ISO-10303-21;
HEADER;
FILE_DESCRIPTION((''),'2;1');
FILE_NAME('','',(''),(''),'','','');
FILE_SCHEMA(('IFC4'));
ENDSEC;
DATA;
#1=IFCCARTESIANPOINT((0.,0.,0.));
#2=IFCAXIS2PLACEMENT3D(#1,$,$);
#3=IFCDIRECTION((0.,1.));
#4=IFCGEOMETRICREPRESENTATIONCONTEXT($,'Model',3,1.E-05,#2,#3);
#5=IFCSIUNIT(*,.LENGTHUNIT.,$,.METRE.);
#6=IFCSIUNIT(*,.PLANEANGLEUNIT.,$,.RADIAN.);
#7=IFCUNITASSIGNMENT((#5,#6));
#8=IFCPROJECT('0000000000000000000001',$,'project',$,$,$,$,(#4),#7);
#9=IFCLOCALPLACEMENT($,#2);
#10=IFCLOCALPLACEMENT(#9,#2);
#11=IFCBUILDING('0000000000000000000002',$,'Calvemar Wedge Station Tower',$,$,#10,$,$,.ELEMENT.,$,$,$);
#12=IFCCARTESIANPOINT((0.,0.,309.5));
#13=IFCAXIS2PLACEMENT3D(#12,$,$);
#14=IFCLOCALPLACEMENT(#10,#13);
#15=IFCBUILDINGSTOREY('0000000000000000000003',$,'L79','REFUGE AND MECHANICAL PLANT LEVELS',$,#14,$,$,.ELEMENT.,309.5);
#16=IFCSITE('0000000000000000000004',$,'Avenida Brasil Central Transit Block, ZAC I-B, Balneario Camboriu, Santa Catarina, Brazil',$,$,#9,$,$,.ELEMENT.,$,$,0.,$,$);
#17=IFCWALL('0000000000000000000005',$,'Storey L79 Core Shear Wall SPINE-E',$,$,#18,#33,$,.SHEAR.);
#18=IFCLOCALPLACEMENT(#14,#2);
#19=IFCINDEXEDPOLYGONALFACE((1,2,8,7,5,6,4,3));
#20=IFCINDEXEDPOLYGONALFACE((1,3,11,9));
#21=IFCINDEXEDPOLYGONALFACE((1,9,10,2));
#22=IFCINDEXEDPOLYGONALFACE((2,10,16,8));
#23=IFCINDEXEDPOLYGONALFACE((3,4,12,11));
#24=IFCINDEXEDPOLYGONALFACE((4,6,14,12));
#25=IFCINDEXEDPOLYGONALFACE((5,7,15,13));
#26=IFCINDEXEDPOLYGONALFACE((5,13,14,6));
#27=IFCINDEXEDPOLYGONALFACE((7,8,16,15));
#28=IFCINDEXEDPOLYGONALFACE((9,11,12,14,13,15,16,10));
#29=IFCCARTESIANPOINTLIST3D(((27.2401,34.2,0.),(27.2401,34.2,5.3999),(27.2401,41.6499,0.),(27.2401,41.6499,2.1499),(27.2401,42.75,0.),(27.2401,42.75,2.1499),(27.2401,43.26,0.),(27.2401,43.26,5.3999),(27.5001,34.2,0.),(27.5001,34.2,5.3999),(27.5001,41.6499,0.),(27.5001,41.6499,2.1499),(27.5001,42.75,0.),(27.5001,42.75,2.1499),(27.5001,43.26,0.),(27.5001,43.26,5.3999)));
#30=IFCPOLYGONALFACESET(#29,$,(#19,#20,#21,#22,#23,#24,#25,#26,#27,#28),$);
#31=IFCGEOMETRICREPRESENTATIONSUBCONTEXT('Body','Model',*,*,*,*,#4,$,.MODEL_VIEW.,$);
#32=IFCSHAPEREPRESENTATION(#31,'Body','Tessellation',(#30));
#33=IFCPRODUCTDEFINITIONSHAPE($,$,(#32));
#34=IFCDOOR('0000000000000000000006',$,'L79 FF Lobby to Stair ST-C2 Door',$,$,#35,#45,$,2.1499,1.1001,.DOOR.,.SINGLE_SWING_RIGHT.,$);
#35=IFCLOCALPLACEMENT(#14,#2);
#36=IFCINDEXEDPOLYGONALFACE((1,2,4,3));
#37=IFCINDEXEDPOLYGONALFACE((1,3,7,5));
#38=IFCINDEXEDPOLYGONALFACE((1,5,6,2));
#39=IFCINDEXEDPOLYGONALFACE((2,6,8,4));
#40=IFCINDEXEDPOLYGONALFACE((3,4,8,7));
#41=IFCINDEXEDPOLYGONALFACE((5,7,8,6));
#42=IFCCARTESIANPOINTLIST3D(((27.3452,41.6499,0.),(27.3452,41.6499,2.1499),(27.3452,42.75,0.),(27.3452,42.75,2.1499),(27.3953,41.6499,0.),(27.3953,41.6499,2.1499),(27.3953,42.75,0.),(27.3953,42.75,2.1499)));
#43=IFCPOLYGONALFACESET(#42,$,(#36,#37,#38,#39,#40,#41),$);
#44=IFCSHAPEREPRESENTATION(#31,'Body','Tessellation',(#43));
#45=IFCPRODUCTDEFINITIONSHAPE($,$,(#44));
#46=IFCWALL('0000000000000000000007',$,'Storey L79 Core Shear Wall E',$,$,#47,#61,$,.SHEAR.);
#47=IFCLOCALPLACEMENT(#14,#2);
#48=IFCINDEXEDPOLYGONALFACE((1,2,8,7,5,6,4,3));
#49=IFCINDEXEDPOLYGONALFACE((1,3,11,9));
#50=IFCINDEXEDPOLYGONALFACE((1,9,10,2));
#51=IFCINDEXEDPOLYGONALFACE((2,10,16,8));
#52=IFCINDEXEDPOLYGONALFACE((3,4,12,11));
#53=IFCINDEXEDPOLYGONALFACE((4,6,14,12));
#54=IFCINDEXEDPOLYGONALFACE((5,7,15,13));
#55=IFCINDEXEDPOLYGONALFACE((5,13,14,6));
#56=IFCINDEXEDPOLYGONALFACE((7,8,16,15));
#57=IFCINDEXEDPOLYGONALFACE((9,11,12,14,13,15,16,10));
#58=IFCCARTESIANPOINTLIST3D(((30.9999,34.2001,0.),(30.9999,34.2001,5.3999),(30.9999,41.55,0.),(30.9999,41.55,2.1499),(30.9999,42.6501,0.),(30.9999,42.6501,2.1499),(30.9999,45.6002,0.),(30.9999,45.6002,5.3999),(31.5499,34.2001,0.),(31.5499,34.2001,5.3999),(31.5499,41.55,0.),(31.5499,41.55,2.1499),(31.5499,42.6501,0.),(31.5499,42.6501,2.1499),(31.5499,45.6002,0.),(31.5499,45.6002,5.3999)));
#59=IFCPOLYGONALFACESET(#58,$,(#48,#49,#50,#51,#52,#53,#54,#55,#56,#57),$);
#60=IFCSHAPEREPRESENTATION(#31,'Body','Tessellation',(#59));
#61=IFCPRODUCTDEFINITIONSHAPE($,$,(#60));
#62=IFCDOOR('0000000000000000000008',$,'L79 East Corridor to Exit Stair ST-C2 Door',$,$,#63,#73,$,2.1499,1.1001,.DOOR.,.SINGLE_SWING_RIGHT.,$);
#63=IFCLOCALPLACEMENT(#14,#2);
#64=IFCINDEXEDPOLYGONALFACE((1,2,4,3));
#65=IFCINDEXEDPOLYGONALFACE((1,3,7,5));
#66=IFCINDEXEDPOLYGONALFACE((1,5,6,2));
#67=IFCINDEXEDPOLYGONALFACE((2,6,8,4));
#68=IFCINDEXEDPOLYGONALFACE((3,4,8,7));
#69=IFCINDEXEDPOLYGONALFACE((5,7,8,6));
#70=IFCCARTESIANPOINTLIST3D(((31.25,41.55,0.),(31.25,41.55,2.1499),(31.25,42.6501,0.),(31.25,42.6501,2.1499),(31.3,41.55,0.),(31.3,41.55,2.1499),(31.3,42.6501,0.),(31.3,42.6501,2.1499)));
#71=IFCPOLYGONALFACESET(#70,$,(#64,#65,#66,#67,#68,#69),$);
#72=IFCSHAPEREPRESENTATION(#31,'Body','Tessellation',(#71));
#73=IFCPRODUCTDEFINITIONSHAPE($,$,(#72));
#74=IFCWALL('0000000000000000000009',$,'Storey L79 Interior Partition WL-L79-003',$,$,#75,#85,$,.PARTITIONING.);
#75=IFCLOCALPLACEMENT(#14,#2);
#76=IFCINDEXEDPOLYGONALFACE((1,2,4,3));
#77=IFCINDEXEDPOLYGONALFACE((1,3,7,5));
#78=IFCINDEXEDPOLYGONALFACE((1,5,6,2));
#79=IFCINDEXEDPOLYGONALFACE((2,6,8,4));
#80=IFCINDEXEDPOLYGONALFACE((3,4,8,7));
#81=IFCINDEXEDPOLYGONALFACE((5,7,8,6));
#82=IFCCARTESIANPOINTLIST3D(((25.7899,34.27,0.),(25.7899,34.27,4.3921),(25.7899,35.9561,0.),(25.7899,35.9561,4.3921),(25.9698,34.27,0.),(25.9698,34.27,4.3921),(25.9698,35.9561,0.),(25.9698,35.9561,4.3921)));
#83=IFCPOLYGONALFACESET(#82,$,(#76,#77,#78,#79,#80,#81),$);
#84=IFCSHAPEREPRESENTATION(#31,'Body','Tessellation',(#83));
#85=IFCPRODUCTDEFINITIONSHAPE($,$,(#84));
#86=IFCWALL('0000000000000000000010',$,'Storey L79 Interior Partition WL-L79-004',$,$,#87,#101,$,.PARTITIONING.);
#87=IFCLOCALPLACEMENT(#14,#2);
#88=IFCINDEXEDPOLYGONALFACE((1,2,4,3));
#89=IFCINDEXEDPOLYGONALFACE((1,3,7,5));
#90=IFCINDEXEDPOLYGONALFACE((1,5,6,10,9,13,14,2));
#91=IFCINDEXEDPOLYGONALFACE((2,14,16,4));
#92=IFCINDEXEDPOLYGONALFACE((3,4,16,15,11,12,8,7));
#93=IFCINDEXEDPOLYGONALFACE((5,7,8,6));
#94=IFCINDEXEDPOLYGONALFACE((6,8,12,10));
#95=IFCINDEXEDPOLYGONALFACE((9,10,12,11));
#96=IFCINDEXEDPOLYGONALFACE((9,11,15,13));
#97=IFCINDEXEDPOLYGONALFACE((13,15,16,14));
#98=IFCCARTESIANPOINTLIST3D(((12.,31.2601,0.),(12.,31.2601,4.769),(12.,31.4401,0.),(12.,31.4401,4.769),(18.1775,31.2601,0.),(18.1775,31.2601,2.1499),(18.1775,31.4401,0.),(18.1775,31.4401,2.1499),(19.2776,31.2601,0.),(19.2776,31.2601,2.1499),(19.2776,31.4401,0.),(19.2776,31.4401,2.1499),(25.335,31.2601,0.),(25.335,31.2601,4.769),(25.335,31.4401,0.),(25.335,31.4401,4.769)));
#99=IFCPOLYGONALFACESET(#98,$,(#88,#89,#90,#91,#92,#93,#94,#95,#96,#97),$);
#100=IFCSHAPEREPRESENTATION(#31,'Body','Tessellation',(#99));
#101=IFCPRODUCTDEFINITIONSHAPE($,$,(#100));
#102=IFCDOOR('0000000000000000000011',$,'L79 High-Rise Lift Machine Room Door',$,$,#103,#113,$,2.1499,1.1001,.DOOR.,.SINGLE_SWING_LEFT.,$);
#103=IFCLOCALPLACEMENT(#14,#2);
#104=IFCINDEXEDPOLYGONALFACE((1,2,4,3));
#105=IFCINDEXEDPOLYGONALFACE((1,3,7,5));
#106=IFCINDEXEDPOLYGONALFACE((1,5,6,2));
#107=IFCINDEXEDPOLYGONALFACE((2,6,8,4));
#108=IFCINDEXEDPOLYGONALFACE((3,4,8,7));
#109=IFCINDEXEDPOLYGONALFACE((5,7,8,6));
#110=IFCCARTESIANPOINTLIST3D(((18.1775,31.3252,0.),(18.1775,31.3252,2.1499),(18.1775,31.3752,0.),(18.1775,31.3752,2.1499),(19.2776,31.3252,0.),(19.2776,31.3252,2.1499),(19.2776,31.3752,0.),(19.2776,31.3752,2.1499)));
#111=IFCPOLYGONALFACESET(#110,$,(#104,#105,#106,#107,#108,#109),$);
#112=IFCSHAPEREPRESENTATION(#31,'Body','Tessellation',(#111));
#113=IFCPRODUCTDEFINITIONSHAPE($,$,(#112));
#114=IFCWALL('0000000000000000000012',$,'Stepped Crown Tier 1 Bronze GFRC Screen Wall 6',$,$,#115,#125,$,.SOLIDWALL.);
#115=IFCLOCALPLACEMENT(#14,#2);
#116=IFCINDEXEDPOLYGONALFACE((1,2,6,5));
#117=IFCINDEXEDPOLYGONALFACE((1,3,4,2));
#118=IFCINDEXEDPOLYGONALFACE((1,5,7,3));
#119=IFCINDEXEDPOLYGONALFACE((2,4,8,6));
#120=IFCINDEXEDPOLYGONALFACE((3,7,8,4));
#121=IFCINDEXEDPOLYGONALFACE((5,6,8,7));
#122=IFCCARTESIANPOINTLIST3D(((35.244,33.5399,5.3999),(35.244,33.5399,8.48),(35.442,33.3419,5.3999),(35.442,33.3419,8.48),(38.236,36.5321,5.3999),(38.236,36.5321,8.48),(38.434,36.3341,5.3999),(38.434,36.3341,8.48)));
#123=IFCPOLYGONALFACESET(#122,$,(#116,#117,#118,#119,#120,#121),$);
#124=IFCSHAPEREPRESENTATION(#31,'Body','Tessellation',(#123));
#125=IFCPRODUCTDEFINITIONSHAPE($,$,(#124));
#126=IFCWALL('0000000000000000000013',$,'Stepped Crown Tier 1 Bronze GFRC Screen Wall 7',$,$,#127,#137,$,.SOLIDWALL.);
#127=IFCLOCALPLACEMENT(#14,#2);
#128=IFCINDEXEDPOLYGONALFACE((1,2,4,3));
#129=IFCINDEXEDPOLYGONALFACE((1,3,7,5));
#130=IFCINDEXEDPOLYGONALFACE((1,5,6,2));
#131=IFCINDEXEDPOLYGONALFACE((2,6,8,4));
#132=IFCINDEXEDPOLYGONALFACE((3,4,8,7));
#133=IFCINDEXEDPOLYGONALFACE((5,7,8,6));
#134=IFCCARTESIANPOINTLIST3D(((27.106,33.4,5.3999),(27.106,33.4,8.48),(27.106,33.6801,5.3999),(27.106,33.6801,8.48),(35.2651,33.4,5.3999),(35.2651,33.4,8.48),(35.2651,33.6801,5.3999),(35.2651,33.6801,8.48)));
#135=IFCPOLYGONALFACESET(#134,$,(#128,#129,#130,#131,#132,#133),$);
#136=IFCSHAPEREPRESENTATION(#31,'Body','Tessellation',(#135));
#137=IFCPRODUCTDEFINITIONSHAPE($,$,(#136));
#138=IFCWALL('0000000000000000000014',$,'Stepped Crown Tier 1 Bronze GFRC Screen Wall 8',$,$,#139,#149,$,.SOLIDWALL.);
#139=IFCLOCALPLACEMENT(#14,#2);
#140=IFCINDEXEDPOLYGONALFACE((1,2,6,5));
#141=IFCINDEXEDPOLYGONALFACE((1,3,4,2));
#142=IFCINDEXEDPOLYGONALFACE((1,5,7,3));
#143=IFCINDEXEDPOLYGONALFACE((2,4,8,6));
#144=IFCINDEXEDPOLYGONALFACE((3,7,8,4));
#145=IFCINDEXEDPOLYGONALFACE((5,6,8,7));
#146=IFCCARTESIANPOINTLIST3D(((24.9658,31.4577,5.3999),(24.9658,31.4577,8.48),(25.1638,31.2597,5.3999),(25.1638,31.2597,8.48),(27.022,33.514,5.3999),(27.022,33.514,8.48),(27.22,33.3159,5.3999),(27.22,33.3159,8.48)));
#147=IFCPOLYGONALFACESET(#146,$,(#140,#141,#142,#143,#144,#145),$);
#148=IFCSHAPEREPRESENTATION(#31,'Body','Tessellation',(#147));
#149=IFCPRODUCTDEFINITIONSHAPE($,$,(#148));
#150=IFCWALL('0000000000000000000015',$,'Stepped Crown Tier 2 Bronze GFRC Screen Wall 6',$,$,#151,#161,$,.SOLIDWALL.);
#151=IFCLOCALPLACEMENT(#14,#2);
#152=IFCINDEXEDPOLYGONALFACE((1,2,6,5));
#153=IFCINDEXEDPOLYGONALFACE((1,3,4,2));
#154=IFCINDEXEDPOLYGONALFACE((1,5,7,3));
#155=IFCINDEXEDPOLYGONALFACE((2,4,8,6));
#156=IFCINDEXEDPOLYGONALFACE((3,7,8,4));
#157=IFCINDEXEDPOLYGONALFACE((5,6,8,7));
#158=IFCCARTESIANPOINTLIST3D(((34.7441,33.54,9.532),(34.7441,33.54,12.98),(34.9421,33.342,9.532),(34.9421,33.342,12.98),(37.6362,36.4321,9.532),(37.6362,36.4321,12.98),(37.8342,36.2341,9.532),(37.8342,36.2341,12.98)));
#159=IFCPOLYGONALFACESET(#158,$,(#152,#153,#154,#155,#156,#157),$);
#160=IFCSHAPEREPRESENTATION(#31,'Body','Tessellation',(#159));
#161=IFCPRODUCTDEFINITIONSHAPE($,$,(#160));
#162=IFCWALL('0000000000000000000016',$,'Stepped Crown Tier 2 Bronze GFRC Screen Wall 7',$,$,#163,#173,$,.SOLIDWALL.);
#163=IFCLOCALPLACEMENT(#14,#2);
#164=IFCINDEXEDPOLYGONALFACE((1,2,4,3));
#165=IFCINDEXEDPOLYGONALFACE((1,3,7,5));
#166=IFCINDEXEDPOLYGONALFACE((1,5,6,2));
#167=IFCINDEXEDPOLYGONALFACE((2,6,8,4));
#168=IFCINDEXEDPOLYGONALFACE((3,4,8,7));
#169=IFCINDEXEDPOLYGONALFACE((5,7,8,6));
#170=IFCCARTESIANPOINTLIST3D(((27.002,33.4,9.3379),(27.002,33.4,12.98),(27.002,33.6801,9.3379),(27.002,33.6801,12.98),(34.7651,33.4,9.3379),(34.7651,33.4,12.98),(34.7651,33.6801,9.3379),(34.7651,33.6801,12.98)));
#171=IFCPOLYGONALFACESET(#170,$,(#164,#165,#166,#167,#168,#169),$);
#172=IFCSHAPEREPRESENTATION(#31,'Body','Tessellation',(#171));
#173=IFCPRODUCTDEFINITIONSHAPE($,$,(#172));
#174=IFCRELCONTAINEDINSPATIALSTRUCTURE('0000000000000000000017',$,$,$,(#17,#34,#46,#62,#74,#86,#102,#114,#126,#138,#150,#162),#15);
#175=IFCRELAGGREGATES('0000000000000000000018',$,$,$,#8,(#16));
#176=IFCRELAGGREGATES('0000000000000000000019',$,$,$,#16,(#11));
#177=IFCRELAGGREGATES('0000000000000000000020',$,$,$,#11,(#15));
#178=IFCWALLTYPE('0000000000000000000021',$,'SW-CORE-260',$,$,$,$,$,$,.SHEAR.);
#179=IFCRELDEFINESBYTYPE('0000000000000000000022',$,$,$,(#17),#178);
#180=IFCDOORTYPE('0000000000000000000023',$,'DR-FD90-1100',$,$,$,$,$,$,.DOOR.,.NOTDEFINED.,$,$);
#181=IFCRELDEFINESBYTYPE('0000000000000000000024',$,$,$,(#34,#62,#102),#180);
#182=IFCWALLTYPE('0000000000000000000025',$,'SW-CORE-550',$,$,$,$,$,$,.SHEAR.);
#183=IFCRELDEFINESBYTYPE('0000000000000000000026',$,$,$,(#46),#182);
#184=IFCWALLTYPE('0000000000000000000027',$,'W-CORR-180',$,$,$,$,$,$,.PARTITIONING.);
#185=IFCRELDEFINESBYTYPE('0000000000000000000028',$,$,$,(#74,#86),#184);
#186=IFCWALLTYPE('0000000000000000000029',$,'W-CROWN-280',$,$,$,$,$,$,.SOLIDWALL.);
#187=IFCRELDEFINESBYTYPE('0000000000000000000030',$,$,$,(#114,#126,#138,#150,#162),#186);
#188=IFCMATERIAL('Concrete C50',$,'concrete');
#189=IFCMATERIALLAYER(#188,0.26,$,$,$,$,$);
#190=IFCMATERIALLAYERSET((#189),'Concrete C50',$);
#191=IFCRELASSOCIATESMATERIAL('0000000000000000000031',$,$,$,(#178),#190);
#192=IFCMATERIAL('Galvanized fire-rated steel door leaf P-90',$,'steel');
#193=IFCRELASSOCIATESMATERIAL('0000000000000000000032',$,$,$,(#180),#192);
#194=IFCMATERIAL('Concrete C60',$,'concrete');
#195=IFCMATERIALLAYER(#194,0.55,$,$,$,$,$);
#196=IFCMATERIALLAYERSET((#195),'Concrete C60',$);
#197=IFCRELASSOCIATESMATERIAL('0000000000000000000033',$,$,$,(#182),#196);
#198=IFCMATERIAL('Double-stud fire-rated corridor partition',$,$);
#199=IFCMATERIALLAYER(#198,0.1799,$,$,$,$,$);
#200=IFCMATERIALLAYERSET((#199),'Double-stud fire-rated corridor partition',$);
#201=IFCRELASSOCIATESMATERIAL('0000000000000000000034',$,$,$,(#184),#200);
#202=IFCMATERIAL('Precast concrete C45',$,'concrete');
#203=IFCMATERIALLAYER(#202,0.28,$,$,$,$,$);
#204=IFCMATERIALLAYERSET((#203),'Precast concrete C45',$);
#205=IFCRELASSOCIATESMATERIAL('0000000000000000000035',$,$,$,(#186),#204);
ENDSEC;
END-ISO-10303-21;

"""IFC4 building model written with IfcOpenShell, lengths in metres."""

from ifc_helpers import new_model, si_unit, direction, frame, frame_2d, origin, place, context, subcontext, project, spatial, rectangle, extrude, source, transform, mapped, material, layer, layer_set, type_object, element, fill, save


model = new_model("IFC4")

# Units and contexts
model_context = context("Model", 3, precision=1e-05, world=origin(), true_north=direction((0.0, 1.0)))
body_context = subcontext(model_context, "Body", "Model", "MODEL_VIEW")
ifc_project = project(units=[si_unit("LENGTHUNIT", "METRE"), si_unit("PLANEANGLEUNIT", "RADIAN")], contexts=[model_context])

# Site, building, storey
site_placement = place(None, origin())
site = spatial("IfcSite", under=ifc_project, at=site_placement, Name="Avenida Brasil Central Transit Block, ZAC I-B, Balneario Camboriu, Santa Catarina, Brazil", CompositionType="ELEMENT", RefElevation=0.0)
building_placement = place(site_placement, origin())
building = spatial("IfcBuilding", under=site, at=building_placement, Name="Calvemar Wedge Station Tower", CompositionType="ELEMENT")
storey_placement = place(building_placement, frame((0.0, 0.0, 309.5)))
storey = spatial("IfcBuildingStorey", under=building, at=storey_placement, Name="L79", Description="REFUGE AND MECHANICAL PLANT LEVELS", CompositionType="ELEMENT", Elevation=309.5)

# Walls, openings, doors
ifc_material_1 = material(Name="Concrete C50", Category="concrete")
ifc_layer_1 = layer(ifc_material_1, 0.26)
ifc_layer_set_1 = layer_set([ifc_layer_1], Name="Concrete C50")
wall_type_1 = type_object("IfcWallType", Name="SW-CORE-260", PredefinedType="SHEAR", material=ifc_layer_set_1)
wall_1_placement = place(storey_placement, frame((27.3701, 34.2, 0.0), z_axis=(0.0, 0.0, 1.0), x_axis=(0.0, 1.0, 0.0)))
wall_1 = element("IfcWall", 1, at=wall_1_placement, inside=storey, type_object=wall_type_1, Name="Storey L79 Core Shear Wall SPINE-E", PredefinedType="SHEAR", context=body_context, shape_type="SweptSolid", body=[
    extrude(rectangle(XDim=9.0601, YDim=0.26, at=frame_2d((4.53, 0.0))), origin(), (0.0, 0.0, 1.0), 5.3999),
])
shared_shape_1 = source(origin(), body_context, "Body", "SweptSolid", [
    extrude(rectangle(XDim=1.1001, YDim=2.1499, at=frame_2d((0.55, 1.075))), frame((0.0, 0.1401, 0.0), z_axis=(0.0, -1.0, 0.0), x_axis=(1.0, 0.0, 0.0)), (0.0, 0.0, 1.0), 0.28),
])
opening_1_placement = place(wall_1_placement, frame((7.45, 0.0, 0.0)))
opening_1 = element("IfcOpeningElement", 2, at=opening_1_placement, cuts=wall_1, PredefinedType="OPENING", context=body_context, shape_type="MappedRepresentation", body=[
    mapped(shared_shape_1, transform((0.0, 0.0, 0.0), scale=1.0)),
])
ifc_material_2 = material(Name="Galvanized fire-rated steel door leaf P-90", Category="steel")
door_type = type_object("IfcDoorType", Name="DR-FD90-1100", OperationType="NOTDEFINED", PredefinedType="DOOR", material=ifc_material_2)
shared_shape_2 = source(origin(), body_context, "Body", "SweptSolid", [
    extrude(rectangle(XDim=1.1001, YDim=2.1499, at=frame_2d((0.55, 1.075))), frame((0.0, 0.0249, 0.0), z_axis=(0.0, -1.0, 0.0), x_axis=(1.0, 0.0, 0.0)), (0.0, 0.0, 1.0), 0.05),
])
door_1_placement = place(opening_1_placement, origin())
door_1 = element("IfcDoor", 3, at=door_1_placement, inside=storey, type_object=door_type, Name="L79 FF Lobby to Stair ST-C2 Door", OperationType="SINGLE_SWING_RIGHT", OverallHeight=2.1499, OverallWidth=1.1001, PredefinedType="DOOR", context=body_context, shape_type="MappedRepresentation", body=[
    mapped(shared_shape_2, transform((0.0, 0.0, 0.0), scale=1.0)),
])
fill(opening_1, door_1)
ifc_material_3 = material(Name="Concrete C60", Category="concrete")
ifc_layer_2 = layer(ifc_material_3, 0.55)
ifc_layer_set_2 = layer_set([ifc_layer_2], Name="Concrete C60")
wall_type_2 = type_object("IfcWallType", Name="SW-CORE-550", PredefinedType="SHEAR", material=ifc_layer_set_2)
wall_2_placement = place(storey_placement, frame((31.2749, 34.2, 0.0), z_axis=(0.0, 0.0, 1.0), x_axis=(0.0, 1.0, 0.0)))
wall_2 = element("IfcWall", 4, at=wall_2_placement, inside=storey, type_object=wall_type_2, Name="Storey L79 Core Shear Wall E", PredefinedType="SHEAR", context=body_context, shape_type="SweptSolid", body=[
    extrude(rectangle(XDim=11.4001, YDim=0.55, at=frame_2d((5.7002, 0.0))), origin(), (0.0, 0.0, 1.0), 5.3999),
])
shared_shape_3 = source(origin(), body_context, "Body", "SweptSolid", [
    extrude(rectangle(XDim=1.1001, YDim=2.1499, at=frame_2d((0.55, 1.075))), frame((0.0, 0.2852, 0.0), z_axis=(0.0, -1.0, 0.0), x_axis=(1.0, 0.0, 0.0)), (0.0, 0.0, 1.0), 0.5701),
])
opening_2_placement = place(wall_2_placement, frame((7.3501, 0.0, 0.0)))
opening_2 = element("IfcOpeningElement", 5, at=opening_2_placement, cuts=wall_2, PredefinedType="OPENING", context=body_context, shape_type="MappedRepresentation", body=[
    mapped(shared_shape_3, transform((0.0, 0.0, 0.0), scale=1.0)),
])
door_2_placement = place(opening_2_placement, origin())
door_2 = element("IfcDoor", 6, at=door_2_placement, inside=storey, type_object=door_type, Name="L79 East Corridor to Exit Stair ST-C2 Door", OperationType="SINGLE_SWING_RIGHT", OverallHeight=2.1499, OverallWidth=1.1001, PredefinedType="DOOR", context=body_context, shape_type="MappedRepresentation", body=[
    mapped(shared_shape_2, transform((0.0, 0.0, 0.0), scale=1.0)),
])
fill(opening_2, door_2)

# Wall
ifc_material_4 = material(Name="Double-stud fire-rated corridor partition")
ifc_layer_3 = layer(ifc_material_4, 0.1799)
ifc_layer_set_3 = layer_set([ifc_layer_3], Name="Double-stud fire-rated corridor partition")
wall_type_3 = type_object("IfcWallType", Name="W-CORR-180", PredefinedType="PARTITIONING", material=ifc_layer_set_3)
wall_3_placement = place(storey_placement, frame((25.8799, 35.9561, 0.0), z_axis=(0.0, 0.0, 1.0), x_axis=(0.0, -1.0, 0.0)))
element("IfcWall", 7, at=wall_3_placement, inside=storey, type_object=wall_type_3, Name="Storey L79 Interior Partition WL-L79-003", PredefinedType="PARTITIONING", context=body_context, shape_type="SweptSolid", body=[
    extrude(rectangle(XDim=1.686, YDim=0.1799, at=frame_2d((0.843, 0.0))), origin(), (0.0, 0.0, 1.0), 4.3921),
])

# Wall, opening, door
wall_4_placement = place(storey_placement, frame((25.335, 31.3501, 0.0), z_axis=(0.0, 0.0, 1.0), x_axis=(-1.0, 0.0, 0.0)))
wall_4 = element("IfcWall", 8, at=wall_4_placement, inside=storey, type_object=wall_type_3, Name="Storey L79 Interior Partition WL-L79-004", PredefinedType="PARTITIONING", context=body_context, shape_type="SweptSolid", body=[
    extrude(rectangle(XDim=13.335, YDim=0.1799, at=frame_2d((6.6675, 0.0))), origin(), (0.0, 0.0, 1.0), 4.769),
])
shared_shape_4 = source(origin(), body_context, "Body", "SweptSolid", [
    extrude(rectangle(XDim=1.1001, YDim=2.1499, at=frame_2d((0.55, 1.075))), frame((0.0, 0.1001, 0.0), z_axis=(0.0, -1.0, 0.0), x_axis=(1.0, 0.0, 0.0)), (0.0, 0.0, 1.0), 0.2),
])
opening_3_placement = place(wall_4_placement, frame((6.0574, 0.0, 0.0)))
opening_3 = element("IfcOpeningElement", 9, at=opening_3_placement, cuts=wall_4, PredefinedType="OPENING", context=body_context, shape_type="MappedRepresentation", body=[
    mapped(shared_shape_4, transform((0.0, 0.0, 0.0), scale=1.0)),
])
door_3_placement = place(opening_3_placement, origin())
door_3 = element("IfcDoor", 10, at=door_3_placement, inside=storey, type_object=door_type, Name="L79 High-Rise Lift Machine Room Door", OperationType="SINGLE_SWING_LEFT", OverallHeight=2.1499, OverallWidth=1.1001, PredefinedType="DOOR", context=body_context, shape_type="MappedRepresentation", body=[
    mapped(shared_shape_2, transform((0.0, 0.0, 0.0), scale=1.0)),
])
fill(opening_3, door_3)

# Walls
ifc_material_5 = material(Name="Precast concrete C45", Category="concrete")
ifc_layer_4 = layer(ifc_material_5, 0.28)
ifc_layer_set_4 = layer_set([ifc_layer_4], Name="Precast concrete C45")
wall_type_4 = type_object("IfcWallType", Name="W-CROWN-280", PredefinedType="SOLIDWALL", material=ifc_layer_set_4)
wall_5_placement = place(storey_placement, frame((38.335, 36.4331, 5.3999), z_axis=(0.0, 0.0, 1.0), x_axis=(-0.707078, -0.707136, 0.0)))
element("IfcWall", 11, at=wall_5_placement, inside=storey, type_object=wall_type_4, Name="Stepped Crown Tier 1 Bronze GFRC Screen Wall 6", PredefinedType="SOLIDWALL", context=body_context, shape_type="SweptSolid", body=[
    extrude(rectangle(XDim=4.2314, YDim=0.28, at=frame_2d((2.1157, 0.0))), origin(), (0.0, 0.0, 1.0), 3.0801),
])
wall_6_placement = place(storey_placement, frame((35.2651, 33.54, 5.3999), z_axis=(0.0, 0.0, 1.0), x_axis=(-1.0, 0.0, 0.0)))
element("IfcWall", 12, at=wall_6_placement, inside=storey, type_object=wall_type_4, Name="Stepped Crown Tier 1 Bronze GFRC Screen Wall 7", PredefinedType="SOLIDWALL", context=body_context, shape_type="SweptSolid", body=[
    extrude(rectangle(XDim=8.1592, YDim=0.28, at=frame_2d((4.0796, 0.0))), origin(), (0.0, 0.0, 1.0), 3.0801),
])
wall_7_placement = place(storey_placement, frame((27.1211, 33.415, 5.3999), z_axis=(0.0, 0.0, 1.0), x_axis=(-0.707107, -0.707107, 0.0)))
element("IfcWall", 13, at=wall_7_placement, inside=storey, type_object=wall_type_4, Name="Stepped Crown Tier 1 Bronze GFRC Screen Wall 8", PredefinedType="SOLIDWALL", context=body_context, shape_type="SweptSolid", body=[
    extrude(rectangle(XDim=2.908, YDim=0.28, at=frame_2d((1.4541, 0.0))), origin(), (0.0, 0.0, 1.0), 3.0801),
])
wall_8_placement = place(storey_placement, frame((37.7351, 36.333, 9.532), z_axis=(0.0, 0.0, 1.0), x_axis=(-0.707107, -0.707107, 0.0)))
element("IfcWall", 14, at=wall_8_placement, inside=storey, type_object=wall_type_4, Name="Stepped Crown Tier 2 Bronze GFRC Screen Wall 6", PredefinedType="SOLIDWALL", context=body_context, shape_type="SweptSolid", body=[
    extrude(rectangle(XDim=4.0901, YDim=0.28, at=frame_2d((2.0449, 0.0))), origin(), (0.0, 0.0, 1.0), 3.448),
])
wall_9_placement = place(storey_placement, frame((34.7651, 33.54, 9.3379), z_axis=(0.0, 0.0, 1.0), x_axis=(-1.0, 0.0, 0.0)))
element("IfcWall", 15, at=wall_9_placement, inside=storey, type_object=wall_type_4, Name="Stepped Crown Tier 2 Bronze GFRC Screen Wall 7", PredefinedType="SOLIDWALL", context=body_context, shape_type="SweptSolid", body=[
    extrude(rectangle(XDim=7.7632, YDim=0.28, at=frame_2d((3.8816, 0.0))), origin(), (0.0, 0.0, 1.0), 3.6421),
])

save(model, "model.ifc")
